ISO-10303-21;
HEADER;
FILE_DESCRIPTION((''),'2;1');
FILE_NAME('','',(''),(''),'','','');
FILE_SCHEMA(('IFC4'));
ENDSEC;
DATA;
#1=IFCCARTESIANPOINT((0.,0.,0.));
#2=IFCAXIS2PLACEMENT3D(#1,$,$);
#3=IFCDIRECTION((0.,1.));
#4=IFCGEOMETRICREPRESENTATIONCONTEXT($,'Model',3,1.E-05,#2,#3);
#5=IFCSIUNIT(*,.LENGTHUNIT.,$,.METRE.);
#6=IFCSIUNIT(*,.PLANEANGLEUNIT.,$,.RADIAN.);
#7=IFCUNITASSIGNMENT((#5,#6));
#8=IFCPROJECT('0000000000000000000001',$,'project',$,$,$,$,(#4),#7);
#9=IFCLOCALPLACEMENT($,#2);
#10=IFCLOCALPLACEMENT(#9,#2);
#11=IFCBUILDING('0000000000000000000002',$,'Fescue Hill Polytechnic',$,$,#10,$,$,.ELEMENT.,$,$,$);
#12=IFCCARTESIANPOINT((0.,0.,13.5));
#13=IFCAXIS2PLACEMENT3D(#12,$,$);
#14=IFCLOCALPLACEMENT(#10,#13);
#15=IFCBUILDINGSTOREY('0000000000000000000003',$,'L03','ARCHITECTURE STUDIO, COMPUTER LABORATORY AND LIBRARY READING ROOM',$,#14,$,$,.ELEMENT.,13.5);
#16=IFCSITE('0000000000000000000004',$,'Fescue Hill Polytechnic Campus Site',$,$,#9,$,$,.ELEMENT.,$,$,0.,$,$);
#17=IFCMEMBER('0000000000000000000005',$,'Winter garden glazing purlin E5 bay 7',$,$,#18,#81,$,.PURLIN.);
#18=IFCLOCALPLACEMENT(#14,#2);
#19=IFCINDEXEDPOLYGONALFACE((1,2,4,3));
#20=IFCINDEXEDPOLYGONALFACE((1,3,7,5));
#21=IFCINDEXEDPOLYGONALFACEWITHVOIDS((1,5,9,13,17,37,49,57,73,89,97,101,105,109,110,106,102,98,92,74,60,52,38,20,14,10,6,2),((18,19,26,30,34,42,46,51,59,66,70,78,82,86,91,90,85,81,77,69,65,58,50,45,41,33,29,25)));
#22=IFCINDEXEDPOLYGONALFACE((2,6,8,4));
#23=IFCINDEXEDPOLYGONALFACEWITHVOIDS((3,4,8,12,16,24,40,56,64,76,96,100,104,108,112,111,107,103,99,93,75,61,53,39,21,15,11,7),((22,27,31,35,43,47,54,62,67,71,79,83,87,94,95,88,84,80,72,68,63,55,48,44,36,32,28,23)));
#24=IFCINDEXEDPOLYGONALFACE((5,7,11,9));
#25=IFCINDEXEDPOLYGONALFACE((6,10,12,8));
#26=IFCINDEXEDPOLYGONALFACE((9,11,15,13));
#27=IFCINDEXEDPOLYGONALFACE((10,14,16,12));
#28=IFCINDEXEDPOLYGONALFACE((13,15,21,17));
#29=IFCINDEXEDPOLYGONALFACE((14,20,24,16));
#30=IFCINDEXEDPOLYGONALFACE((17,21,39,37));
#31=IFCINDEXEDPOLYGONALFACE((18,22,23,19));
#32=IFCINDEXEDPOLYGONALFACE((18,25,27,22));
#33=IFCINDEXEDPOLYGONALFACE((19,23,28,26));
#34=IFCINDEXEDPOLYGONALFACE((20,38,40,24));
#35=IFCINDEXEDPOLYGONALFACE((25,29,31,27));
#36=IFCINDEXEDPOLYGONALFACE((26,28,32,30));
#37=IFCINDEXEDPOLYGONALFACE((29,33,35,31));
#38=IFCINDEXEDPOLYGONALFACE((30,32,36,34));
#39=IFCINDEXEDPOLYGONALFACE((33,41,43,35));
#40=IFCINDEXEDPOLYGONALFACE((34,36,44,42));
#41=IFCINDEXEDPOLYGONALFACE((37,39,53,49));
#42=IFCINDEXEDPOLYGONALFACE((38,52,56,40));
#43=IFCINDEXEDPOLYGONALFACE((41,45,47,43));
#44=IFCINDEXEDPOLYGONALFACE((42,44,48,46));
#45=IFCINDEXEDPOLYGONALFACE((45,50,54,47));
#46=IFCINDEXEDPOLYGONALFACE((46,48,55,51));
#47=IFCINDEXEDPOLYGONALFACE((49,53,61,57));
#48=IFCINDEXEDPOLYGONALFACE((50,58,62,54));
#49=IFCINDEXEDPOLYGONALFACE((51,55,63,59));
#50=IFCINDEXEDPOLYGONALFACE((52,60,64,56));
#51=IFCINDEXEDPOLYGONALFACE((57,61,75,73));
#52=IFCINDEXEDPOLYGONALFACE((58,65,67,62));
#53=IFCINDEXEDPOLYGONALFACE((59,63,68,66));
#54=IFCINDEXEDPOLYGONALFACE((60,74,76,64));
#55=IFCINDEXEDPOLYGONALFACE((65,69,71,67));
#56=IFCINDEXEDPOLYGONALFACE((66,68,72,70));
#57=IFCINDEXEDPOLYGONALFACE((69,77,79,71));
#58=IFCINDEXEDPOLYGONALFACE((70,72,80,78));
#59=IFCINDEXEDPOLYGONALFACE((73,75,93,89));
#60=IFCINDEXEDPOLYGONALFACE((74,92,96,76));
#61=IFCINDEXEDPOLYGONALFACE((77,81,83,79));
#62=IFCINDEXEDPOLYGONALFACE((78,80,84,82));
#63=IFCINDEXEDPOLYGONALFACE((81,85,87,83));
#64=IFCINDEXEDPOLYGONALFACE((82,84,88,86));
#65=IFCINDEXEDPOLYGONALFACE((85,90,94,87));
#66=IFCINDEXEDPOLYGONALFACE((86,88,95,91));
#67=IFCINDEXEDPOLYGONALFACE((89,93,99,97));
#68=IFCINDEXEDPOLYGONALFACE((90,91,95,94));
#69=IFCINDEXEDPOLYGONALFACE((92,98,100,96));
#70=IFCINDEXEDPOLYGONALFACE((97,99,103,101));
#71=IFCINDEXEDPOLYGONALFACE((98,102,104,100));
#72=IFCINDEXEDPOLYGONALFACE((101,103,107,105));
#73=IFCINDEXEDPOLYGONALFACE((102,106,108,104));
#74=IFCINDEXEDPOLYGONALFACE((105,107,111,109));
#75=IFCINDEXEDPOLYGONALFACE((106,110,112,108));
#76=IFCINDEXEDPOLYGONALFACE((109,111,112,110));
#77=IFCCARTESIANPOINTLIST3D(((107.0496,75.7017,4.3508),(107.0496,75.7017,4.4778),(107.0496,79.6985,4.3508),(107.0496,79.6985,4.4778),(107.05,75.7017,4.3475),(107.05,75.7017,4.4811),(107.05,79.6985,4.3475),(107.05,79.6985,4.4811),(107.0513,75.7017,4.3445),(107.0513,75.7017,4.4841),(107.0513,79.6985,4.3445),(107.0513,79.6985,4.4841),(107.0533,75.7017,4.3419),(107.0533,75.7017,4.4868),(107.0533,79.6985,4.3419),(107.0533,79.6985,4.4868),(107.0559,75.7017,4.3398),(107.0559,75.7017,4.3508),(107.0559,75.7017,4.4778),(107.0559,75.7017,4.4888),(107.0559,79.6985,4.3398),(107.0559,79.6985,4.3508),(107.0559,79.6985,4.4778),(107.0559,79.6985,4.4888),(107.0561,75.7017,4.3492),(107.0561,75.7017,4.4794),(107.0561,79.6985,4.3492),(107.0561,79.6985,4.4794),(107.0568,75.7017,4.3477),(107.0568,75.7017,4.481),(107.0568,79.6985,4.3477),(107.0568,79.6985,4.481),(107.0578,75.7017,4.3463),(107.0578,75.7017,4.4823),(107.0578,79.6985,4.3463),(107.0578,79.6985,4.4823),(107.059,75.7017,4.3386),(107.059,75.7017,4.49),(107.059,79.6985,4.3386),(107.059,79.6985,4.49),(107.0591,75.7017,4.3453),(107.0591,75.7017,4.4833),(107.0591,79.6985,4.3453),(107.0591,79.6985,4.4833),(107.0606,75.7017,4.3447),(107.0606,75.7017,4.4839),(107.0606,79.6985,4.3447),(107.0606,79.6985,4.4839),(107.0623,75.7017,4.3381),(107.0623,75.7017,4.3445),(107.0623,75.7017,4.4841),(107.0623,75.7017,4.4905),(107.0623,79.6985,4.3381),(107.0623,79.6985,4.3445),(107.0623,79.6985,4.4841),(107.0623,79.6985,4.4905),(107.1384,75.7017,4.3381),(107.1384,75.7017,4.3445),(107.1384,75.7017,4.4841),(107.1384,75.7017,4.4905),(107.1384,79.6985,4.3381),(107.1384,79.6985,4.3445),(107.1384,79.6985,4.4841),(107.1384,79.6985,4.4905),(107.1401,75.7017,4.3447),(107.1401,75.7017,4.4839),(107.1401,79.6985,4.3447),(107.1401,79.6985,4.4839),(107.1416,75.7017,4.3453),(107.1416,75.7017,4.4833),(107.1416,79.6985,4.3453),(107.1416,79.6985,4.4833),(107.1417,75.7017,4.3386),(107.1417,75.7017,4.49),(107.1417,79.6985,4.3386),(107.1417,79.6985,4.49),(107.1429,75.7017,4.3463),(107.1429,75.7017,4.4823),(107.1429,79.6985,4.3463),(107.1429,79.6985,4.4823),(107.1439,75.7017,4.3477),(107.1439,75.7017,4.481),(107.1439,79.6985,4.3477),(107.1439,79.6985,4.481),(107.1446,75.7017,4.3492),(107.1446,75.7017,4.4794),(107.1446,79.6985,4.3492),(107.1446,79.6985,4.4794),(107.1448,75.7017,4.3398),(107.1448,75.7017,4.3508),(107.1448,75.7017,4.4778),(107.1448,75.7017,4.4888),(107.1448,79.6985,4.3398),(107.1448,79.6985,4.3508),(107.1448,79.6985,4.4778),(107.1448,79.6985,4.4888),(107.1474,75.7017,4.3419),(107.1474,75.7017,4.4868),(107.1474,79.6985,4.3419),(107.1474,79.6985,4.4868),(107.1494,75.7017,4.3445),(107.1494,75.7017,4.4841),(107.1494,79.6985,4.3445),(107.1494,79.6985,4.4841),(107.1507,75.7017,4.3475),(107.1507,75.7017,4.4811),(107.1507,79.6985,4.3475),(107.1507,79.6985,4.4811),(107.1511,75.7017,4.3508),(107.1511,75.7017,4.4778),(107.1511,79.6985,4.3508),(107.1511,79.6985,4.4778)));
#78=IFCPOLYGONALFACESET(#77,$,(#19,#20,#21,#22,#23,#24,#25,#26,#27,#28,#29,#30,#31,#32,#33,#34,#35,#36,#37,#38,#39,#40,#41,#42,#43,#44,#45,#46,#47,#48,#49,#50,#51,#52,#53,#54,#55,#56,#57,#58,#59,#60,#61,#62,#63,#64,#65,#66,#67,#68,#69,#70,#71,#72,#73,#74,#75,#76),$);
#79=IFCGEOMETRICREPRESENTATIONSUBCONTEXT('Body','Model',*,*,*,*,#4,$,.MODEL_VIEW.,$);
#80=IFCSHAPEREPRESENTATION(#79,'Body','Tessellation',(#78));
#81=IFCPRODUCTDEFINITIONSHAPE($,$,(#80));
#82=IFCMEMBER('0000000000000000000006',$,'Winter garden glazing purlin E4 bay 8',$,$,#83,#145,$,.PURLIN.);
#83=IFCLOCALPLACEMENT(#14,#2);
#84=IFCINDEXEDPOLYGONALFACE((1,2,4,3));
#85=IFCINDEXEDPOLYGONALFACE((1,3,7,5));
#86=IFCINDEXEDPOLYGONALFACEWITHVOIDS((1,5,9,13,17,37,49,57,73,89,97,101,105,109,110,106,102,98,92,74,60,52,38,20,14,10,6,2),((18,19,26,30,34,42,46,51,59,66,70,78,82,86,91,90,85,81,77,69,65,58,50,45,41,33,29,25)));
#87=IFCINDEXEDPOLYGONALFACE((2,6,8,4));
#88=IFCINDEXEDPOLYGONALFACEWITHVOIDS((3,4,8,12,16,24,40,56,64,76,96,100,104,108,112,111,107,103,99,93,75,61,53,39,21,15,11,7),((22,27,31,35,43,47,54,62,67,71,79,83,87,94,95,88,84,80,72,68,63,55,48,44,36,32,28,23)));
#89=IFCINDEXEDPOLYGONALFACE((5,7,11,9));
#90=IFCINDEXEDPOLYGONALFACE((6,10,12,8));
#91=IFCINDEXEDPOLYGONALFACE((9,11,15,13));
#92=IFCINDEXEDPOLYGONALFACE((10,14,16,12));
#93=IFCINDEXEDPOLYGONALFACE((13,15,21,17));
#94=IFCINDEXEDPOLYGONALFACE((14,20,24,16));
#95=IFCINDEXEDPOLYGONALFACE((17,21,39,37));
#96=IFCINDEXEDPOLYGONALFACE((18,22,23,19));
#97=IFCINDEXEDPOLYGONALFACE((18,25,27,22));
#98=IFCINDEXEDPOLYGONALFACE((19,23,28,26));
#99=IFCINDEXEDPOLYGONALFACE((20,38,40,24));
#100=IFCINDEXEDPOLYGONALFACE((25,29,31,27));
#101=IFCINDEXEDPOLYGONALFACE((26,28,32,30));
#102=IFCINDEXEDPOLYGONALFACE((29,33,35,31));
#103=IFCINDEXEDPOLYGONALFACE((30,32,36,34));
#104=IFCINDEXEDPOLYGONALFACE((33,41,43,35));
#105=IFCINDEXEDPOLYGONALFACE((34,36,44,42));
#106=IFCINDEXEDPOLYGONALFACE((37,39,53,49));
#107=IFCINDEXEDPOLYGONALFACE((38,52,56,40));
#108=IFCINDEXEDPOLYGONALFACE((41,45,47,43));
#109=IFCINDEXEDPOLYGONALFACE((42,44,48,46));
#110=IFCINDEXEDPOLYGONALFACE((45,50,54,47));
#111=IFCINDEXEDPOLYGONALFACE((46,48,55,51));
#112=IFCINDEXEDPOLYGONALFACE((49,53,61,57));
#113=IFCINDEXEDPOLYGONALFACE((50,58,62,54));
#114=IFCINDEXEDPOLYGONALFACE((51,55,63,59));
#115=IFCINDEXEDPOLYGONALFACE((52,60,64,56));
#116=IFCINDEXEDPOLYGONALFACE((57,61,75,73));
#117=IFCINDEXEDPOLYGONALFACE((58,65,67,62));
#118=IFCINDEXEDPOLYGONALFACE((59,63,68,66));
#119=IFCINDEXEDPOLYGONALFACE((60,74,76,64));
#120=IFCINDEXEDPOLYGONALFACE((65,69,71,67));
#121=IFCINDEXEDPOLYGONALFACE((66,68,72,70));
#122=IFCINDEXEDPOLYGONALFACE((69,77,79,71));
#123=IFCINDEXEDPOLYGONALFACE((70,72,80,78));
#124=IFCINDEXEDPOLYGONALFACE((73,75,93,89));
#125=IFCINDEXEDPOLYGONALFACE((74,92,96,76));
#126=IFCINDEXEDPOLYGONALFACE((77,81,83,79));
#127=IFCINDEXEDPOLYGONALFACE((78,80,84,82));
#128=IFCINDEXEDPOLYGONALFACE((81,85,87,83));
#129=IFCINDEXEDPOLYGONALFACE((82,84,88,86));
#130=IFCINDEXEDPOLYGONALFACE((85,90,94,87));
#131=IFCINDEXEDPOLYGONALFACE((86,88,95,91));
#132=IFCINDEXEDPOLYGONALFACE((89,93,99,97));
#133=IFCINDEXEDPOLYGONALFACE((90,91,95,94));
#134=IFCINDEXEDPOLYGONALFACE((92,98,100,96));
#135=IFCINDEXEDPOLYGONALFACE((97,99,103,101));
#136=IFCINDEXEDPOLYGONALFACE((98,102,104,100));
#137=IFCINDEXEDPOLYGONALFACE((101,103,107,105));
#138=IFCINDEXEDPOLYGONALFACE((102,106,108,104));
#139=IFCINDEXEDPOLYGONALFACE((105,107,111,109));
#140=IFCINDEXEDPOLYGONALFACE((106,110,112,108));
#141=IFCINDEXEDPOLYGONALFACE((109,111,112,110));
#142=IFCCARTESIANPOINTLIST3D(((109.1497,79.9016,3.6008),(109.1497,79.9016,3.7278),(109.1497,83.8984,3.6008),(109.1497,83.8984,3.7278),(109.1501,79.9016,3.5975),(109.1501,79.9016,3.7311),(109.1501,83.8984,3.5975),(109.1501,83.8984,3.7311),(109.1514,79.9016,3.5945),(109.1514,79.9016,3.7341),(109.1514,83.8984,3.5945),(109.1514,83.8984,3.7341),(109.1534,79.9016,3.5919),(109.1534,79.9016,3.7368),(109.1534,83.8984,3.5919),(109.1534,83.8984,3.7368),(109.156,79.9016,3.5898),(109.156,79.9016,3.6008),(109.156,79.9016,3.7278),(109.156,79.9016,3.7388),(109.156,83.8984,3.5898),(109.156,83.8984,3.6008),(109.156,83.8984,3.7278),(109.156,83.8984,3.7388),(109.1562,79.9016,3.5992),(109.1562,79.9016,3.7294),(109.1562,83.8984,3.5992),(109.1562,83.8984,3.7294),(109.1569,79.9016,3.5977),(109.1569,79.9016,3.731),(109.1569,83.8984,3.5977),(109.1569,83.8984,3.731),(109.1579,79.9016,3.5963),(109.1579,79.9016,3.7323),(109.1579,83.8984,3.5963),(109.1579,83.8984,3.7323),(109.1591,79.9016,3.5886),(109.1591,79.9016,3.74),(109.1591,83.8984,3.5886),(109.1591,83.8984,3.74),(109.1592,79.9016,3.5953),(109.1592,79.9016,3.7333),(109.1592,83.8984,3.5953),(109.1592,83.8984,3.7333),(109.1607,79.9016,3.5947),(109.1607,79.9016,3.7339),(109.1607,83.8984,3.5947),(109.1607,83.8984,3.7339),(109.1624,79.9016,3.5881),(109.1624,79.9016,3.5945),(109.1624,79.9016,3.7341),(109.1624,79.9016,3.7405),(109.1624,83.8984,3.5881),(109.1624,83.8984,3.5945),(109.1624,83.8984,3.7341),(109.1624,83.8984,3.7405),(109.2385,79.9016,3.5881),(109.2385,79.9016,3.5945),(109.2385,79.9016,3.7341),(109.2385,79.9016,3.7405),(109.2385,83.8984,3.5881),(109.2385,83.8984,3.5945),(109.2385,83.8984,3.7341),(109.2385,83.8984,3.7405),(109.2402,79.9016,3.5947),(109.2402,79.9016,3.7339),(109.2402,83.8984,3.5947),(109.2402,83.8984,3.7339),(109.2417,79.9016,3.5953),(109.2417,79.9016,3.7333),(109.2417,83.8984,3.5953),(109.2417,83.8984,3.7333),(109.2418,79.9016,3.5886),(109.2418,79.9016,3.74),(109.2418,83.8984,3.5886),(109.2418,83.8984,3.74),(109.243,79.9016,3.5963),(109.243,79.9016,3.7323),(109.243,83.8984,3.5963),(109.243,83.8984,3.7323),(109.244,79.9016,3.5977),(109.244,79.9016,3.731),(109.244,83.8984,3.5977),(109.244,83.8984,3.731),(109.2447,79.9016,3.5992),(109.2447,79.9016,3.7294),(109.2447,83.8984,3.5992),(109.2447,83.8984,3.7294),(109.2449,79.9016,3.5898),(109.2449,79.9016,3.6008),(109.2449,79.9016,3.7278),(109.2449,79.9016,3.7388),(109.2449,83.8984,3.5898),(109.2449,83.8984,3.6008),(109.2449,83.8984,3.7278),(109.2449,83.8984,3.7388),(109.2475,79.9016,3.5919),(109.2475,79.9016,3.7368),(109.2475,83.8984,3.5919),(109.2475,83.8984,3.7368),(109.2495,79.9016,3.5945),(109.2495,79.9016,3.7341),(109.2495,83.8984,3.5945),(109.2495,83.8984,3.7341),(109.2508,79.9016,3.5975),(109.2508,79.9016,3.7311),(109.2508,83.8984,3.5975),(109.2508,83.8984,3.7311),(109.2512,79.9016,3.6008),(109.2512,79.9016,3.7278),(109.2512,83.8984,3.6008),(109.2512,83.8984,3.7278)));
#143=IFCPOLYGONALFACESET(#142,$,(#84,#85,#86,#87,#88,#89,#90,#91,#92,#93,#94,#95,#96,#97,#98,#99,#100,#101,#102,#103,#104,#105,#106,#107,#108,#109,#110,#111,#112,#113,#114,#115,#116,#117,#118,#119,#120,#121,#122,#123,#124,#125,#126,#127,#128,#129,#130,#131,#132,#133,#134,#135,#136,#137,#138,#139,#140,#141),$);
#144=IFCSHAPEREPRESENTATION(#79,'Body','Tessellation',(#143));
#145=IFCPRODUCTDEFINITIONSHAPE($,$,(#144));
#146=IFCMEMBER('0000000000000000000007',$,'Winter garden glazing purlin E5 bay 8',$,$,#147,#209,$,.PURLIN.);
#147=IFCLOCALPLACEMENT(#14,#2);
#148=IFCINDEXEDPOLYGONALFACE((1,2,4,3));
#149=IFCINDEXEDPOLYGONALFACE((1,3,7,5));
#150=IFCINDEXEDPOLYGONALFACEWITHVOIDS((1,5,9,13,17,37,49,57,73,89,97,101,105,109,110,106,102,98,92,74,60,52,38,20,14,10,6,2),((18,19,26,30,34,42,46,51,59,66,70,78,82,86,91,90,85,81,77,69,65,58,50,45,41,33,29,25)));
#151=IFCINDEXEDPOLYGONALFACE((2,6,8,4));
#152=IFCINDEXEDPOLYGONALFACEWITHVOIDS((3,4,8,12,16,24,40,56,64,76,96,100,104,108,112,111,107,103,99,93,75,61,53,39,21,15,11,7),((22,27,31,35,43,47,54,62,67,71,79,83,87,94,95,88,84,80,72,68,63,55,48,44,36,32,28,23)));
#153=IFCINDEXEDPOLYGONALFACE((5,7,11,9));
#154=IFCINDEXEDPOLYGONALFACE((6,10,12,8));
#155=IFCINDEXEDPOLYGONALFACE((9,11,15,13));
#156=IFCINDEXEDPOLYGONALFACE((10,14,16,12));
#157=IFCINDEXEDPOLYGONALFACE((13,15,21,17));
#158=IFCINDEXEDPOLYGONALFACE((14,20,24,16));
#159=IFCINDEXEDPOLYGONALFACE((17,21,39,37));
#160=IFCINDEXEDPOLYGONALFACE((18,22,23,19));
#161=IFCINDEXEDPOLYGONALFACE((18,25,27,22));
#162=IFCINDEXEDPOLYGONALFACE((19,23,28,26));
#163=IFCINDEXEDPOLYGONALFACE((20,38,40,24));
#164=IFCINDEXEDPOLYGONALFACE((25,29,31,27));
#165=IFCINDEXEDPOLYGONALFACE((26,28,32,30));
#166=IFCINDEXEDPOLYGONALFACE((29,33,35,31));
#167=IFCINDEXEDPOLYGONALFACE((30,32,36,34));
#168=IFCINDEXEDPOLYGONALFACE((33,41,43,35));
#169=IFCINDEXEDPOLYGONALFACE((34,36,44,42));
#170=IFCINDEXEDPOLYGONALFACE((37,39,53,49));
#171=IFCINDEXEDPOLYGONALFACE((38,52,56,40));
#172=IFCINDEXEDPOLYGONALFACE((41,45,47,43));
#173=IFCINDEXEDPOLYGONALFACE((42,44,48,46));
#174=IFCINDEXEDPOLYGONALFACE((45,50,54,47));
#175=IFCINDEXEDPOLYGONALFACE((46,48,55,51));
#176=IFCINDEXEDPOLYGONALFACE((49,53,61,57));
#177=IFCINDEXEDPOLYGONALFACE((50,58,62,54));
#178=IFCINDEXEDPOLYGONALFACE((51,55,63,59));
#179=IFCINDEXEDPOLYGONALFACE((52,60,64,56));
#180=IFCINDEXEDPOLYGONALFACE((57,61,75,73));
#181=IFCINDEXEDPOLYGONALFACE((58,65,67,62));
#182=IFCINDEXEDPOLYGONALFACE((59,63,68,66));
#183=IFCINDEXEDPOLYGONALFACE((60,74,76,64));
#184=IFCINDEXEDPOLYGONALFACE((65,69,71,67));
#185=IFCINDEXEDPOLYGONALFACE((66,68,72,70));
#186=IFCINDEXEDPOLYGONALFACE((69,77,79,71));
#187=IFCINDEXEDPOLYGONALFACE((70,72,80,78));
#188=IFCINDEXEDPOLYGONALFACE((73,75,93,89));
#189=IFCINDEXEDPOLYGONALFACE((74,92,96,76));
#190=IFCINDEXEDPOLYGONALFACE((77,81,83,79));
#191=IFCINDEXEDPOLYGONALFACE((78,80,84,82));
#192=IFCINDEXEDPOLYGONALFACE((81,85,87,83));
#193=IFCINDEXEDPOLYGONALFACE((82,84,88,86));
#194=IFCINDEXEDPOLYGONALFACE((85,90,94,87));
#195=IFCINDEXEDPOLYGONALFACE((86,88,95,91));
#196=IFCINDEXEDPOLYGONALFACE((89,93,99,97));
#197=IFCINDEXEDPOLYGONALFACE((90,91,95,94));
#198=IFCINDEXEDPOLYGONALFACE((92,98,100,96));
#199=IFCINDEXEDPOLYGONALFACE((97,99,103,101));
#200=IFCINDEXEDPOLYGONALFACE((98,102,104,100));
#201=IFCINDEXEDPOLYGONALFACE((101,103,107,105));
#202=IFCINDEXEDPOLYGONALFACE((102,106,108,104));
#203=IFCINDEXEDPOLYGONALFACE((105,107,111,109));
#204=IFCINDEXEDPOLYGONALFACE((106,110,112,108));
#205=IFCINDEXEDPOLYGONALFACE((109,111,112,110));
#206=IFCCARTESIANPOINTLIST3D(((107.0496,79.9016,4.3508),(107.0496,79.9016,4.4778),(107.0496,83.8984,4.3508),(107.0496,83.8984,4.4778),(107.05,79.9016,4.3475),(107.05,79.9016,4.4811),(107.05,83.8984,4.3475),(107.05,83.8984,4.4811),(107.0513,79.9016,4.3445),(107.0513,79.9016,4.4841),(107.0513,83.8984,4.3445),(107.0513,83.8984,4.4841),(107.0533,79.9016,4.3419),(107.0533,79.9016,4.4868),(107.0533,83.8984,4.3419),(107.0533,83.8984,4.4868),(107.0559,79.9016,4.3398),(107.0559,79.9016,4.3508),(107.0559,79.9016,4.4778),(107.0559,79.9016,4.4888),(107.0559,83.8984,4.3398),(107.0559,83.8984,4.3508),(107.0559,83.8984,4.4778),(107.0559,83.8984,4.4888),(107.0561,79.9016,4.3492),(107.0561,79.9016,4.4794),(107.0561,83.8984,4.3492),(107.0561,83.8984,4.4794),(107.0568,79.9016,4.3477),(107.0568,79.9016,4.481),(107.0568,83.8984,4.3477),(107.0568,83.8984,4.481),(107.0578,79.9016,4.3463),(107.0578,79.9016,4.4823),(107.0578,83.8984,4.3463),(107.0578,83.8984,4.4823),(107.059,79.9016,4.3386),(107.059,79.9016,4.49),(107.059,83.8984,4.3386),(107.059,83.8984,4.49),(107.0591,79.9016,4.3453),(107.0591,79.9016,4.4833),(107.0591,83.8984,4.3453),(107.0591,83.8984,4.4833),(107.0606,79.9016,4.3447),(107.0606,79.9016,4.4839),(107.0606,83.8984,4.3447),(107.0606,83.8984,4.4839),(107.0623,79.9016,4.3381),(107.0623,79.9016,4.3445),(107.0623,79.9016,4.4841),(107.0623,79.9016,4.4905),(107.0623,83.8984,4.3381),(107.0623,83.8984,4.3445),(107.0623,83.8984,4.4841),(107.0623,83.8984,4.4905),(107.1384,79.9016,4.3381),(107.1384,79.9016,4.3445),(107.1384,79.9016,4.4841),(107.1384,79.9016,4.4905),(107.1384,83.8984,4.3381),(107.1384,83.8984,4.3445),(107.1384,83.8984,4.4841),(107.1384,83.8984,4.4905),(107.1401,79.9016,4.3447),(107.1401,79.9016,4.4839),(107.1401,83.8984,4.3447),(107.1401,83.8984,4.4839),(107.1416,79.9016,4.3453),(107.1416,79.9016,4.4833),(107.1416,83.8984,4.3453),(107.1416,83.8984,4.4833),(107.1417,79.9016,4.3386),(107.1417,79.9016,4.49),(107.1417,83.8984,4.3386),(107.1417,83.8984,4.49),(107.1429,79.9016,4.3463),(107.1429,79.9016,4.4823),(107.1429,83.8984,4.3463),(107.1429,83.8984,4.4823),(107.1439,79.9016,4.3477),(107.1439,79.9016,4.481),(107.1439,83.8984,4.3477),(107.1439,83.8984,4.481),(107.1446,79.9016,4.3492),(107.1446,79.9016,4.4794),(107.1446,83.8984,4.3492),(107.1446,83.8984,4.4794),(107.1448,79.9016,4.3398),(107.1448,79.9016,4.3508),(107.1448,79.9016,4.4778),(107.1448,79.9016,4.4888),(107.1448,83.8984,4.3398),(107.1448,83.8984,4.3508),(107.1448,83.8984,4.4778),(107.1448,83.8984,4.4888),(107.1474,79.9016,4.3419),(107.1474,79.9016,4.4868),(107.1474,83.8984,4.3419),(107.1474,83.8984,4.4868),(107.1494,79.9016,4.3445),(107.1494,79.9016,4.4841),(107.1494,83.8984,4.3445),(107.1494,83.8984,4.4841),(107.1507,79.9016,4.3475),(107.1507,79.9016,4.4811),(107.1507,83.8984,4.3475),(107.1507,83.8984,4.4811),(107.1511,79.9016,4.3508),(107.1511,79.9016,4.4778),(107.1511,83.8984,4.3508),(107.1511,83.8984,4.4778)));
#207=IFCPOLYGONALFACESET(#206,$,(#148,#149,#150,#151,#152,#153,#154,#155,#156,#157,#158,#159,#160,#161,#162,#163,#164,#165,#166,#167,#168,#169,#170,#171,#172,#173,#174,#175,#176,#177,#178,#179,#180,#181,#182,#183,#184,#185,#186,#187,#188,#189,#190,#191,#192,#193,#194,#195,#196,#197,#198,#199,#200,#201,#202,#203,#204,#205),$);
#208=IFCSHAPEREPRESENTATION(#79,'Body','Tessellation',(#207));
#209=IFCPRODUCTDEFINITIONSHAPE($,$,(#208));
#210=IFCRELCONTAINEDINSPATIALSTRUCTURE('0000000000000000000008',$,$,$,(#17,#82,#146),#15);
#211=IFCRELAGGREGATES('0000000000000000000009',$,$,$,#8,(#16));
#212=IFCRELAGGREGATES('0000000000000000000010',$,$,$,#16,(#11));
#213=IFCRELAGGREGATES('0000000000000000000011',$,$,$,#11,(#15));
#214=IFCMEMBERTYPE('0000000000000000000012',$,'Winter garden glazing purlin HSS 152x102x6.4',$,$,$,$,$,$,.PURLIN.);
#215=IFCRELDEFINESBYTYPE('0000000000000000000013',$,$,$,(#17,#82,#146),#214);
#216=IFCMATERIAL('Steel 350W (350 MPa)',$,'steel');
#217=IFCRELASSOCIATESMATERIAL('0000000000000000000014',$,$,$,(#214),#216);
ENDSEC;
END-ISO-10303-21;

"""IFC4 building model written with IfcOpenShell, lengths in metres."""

from ifc_helpers import new_model, si_unit, direction, frame, origin, origin_2d, place, context, subcontext, project, spatial, hollow_rectangle, extrude, material, material_profile, profile_set, type_object, element, save


model = new_model("IFC4")

# Units and contexts
model_context = context("Model", 3, precision=1e-05, world=origin(), true_north=direction((0.0, 1.0)))
body_context = subcontext(model_context, "Body", "Model", "MODEL_VIEW")
ifc_project = project(units=[si_unit("LENGTHUNIT", "METRE"), si_unit("PLANEANGLEUNIT", "RADIAN")], contexts=[model_context])

# Site, building, storey
site_placement = place(None, origin())
site = spatial("IfcSite", under=ifc_project, at=site_placement, Name="Fescue Hill Polytechnic Campus Site", CompositionType="ELEMENT", RefElevation=0.0)
building_placement = place(site_placement, origin())
building = spatial("IfcBuilding", under=site, at=building_placement, Name="Fescue Hill Polytechnic", CompositionType="ELEMENT")
storey_placement = place(building_placement, frame((0.0, 0.0, 13.5)))
storey = spatial("IfcBuildingStorey", under=building, at=storey_placement, Name="L03", Description="ARCHITECTURE STUDIO, COMPUTER LABORATORY AND LIBRARY READING ROOM", CompositionType="ELEMENT", Elevation=13.5)

# Members
ifc_material_1 = material(Name="Steel 350W (350 MPa)", Category="steel")
ifc_material_profile_1 = material_profile(ifc_material_1, hollow_rectangle(XDim=0.1016, YDim=0.1523, WallThickness=0.0063, InnerFilletRadius=0.0063, OuterFilletRadius=0.0127, at=origin_2d()), Name="Winter garden glazing purlin HSS 152x102x6.4")
ifc_profile_set_1 = profile_set([ifc_material_profile_1], Name="Steel 350W (350 MPa)")
member_type_1 = type_object("IfcMemberType", Name="Winter garden glazing purlin HSS 152x102x6.4", PredefinedType="PURLIN", material=ifc_profile_set_1)
for number, where, z_axis, x_axis, name in (
    (1, (107.1003, 75.7017, 4.4143), (0.0, 1.0, 0.0), (-1.0, 0.0, 0.0), "Winter garden glazing purlin E5 bay 7"),
    (2, (109.2004, 79.9016, 3.6643), (0.0, 1.0, 0.0), (-1.0, 0.0, 0.0), "Winter garden glazing purlin E4 bay 8"),
    (3, (107.1003, 79.9016, 4.4143), (0.0, 1.0, 0.0), (-1.0, 0.0, 0.0), "Winter garden glazing purlin E5 bay 8"),
):
    element("IfcMember", number, at=place(storey_placement, frame(where, z_axis=z_axis, x_axis=x_axis)), inside=storey, type_object=member_type_1, Name=name, PredefinedType="PURLIN", context=body_context, shape_type="SweptSolid", body=[
        extrude(hollow_rectangle(XDim=0.1016, YDim=0.1523, WallThickness=0.0063, InnerFilletRadius=0.0063, OuterFilletRadius=0.0127, at=origin_2d()), origin(), (0.0, 0.0, 1.0), 3.9968),
    ])

save(model, "model.ifc")
